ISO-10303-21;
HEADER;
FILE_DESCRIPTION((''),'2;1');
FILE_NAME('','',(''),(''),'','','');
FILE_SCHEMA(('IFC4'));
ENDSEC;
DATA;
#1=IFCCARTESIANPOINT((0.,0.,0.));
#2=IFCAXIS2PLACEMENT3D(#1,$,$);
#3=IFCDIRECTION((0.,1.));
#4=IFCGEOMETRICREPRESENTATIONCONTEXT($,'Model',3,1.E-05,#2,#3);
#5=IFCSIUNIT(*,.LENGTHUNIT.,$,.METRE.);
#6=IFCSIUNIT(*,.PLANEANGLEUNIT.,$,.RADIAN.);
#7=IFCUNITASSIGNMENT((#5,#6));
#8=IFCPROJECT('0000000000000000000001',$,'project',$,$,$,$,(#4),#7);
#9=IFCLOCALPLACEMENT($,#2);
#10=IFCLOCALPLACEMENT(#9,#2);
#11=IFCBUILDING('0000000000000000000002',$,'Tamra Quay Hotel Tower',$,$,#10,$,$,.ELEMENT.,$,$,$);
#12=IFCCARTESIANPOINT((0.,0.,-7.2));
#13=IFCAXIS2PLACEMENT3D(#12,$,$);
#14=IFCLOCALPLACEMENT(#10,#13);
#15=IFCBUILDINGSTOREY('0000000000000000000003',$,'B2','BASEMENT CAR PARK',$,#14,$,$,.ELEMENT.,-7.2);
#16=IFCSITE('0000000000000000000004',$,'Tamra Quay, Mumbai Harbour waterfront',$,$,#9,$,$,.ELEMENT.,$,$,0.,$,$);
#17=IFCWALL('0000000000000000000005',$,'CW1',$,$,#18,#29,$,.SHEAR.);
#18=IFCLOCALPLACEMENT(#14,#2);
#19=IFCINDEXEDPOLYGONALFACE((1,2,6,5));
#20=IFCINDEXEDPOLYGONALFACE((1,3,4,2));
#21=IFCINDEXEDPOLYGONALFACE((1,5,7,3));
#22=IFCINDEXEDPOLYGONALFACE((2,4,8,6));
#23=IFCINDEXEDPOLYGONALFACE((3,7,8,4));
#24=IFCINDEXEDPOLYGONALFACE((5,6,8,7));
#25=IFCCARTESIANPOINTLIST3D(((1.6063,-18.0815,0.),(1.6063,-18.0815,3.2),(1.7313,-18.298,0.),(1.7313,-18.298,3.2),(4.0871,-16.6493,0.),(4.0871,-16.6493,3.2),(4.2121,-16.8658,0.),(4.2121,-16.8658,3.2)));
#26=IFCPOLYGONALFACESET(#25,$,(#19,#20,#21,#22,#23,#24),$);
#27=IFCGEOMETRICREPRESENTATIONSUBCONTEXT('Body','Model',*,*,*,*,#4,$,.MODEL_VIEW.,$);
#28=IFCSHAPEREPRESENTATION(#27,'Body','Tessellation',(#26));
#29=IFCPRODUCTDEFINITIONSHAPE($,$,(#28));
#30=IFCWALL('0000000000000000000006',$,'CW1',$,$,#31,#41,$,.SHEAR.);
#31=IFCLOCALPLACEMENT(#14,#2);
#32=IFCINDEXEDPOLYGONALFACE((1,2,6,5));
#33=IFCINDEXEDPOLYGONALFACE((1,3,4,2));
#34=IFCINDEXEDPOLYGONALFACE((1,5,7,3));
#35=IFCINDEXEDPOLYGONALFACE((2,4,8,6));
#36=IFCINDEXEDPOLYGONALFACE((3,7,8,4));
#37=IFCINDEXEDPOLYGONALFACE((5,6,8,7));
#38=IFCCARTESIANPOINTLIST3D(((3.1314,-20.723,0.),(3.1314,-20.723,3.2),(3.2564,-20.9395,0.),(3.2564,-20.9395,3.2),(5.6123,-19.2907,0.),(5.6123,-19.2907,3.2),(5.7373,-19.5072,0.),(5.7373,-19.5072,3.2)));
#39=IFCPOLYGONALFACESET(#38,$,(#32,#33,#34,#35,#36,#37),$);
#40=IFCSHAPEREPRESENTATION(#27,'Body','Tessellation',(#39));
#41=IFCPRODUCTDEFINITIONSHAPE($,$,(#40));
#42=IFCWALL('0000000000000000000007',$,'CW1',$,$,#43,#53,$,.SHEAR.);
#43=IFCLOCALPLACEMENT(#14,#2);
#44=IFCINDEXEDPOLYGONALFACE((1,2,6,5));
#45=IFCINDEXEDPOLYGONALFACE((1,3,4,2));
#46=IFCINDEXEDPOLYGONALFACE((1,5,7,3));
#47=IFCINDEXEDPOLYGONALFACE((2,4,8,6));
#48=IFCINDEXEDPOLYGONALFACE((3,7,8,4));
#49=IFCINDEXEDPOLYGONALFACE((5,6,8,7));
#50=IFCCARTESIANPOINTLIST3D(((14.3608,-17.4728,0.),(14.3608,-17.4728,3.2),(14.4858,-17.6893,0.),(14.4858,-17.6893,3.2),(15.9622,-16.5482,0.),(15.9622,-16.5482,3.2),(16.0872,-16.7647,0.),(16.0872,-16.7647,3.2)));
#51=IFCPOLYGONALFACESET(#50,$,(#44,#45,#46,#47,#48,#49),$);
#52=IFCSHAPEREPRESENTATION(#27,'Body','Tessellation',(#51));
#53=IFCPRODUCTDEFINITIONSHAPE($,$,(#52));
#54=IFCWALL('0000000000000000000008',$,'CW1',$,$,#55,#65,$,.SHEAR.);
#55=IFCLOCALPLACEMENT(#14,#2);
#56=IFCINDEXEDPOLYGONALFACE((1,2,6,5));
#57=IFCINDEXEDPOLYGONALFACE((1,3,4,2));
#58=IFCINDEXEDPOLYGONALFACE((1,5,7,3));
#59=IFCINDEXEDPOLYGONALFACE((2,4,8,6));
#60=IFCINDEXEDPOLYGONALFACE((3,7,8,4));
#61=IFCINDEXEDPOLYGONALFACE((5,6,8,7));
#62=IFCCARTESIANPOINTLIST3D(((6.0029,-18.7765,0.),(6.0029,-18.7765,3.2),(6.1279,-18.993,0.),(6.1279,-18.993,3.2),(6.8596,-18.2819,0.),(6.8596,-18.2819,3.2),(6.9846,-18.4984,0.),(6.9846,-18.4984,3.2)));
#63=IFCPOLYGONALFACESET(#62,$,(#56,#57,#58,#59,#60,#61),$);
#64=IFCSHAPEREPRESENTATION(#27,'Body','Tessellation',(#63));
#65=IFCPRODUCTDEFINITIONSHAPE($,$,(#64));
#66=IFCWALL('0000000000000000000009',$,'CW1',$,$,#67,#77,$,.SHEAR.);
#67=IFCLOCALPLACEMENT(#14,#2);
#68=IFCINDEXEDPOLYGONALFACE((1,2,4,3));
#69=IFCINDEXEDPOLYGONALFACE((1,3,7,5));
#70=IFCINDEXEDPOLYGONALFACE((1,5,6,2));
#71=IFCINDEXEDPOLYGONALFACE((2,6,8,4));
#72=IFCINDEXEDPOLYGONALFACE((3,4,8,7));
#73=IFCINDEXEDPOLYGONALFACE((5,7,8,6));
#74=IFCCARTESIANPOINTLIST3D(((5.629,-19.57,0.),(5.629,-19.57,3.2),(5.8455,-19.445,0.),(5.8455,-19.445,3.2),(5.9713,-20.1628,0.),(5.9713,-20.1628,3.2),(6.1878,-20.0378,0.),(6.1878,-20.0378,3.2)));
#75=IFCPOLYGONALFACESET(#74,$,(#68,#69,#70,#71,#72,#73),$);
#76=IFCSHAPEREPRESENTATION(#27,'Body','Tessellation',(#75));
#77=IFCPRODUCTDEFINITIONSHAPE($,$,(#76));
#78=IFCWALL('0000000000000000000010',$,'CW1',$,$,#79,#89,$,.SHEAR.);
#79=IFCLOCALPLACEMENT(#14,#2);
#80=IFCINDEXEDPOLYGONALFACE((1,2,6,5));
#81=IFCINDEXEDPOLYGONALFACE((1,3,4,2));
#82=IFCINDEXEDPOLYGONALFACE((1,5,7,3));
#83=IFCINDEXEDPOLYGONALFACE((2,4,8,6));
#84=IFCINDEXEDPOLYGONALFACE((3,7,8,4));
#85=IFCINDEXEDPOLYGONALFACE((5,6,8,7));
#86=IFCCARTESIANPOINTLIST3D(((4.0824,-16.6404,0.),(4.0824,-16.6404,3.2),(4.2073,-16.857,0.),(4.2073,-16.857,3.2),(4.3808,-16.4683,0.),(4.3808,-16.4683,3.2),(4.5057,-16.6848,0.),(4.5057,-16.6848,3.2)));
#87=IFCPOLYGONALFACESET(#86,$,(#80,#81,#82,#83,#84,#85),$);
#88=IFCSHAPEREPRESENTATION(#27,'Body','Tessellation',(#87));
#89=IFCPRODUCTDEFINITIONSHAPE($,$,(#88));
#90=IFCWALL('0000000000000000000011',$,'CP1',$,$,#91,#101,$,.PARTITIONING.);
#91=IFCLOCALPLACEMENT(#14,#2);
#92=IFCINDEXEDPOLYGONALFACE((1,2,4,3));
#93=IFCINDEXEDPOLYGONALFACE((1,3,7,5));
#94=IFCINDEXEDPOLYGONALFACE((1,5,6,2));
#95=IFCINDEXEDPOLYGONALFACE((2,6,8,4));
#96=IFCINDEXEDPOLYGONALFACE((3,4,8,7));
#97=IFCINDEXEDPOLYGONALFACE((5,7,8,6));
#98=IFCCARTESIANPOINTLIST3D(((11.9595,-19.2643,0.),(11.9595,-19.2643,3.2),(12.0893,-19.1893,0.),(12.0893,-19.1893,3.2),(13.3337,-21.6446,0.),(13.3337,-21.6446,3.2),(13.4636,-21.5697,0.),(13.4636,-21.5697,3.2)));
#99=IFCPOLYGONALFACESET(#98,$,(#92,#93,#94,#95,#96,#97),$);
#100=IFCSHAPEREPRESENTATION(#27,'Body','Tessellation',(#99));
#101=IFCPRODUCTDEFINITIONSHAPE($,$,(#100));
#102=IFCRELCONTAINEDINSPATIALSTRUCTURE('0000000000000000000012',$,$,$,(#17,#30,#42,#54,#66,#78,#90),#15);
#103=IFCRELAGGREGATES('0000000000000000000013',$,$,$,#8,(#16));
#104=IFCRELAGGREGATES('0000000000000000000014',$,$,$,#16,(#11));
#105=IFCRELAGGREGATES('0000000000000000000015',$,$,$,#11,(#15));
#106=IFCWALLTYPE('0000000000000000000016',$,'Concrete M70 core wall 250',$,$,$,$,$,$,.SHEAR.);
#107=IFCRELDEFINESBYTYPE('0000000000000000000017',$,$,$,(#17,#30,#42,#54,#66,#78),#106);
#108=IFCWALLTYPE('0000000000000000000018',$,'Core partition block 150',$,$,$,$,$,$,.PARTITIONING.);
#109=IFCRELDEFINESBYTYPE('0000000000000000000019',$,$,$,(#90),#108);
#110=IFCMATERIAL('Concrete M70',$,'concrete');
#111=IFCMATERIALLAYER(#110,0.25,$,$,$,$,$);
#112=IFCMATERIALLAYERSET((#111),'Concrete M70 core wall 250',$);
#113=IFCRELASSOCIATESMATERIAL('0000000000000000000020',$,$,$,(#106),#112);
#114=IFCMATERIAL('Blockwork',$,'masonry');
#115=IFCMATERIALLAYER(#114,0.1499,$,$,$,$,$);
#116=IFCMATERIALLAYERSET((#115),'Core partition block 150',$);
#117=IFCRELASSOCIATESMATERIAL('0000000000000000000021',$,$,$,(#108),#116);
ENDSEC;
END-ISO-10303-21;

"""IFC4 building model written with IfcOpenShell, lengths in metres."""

from ifc_helpers import new_model, si_unit, direction, frame, frame_2d, origin, place, context, subcontext, project, spatial, rectangle, extrude, material, layer, layer_set, type_object, element, save


model = new_model("IFC4")

# Units and contexts
model_context = context("Model", 3, precision=1e-05, world=origin(), true_north=direction((0.0, 1.0)))
body_context = subcontext(model_context, "Body", "Model", "MODEL_VIEW")
ifc_project = project(units=[si_unit("LENGTHUNIT", "METRE"), si_unit("PLANEANGLEUNIT", "RADIAN")], contexts=[model_context])

# Site, building, storey
site_placement = place(None, origin())
site = spatial("IfcSite", under=ifc_project, at=site_placement, Name="Tamra Quay, Mumbai Harbour waterfront", CompositionType="ELEMENT", RefElevation=0.0)
building_placement = place(site_placement, origin())
building = spatial("IfcBuilding", under=site, at=building_placement, Name="Tamra Quay Hotel Tower", CompositionType="ELEMENT")
storey_placement = place(building_placement, frame((0.0, 0.0, -7.2)))
storey = spatial("IfcBuildingStorey", under=building, at=storey_placement, Name="B2", Description="BASEMENT CAR PARK", CompositionType="ELEMENT", Elevation=-7.2)

# Shared definitions
ifc_material_1 = material(Name="Concrete M70", Category="concrete")

# Walls
ifc_layer_1 = layer(ifc_material_1, 0.25)
ifc_layer_set_1 = layer_set([ifc_layer_1], Name="Concrete M70 core wall 250")
wall_type_1 = type_object("IfcWallType", Name="Concrete M70 core wall 250", PredefinedType="SHEAR", material=ifc_layer_set_1)
wall_1_placement = place(storey_placement, frame((1.6689, -18.1897, 0.0), z_axis=(0.0, 0.0, 1.0), x_axis=(0.866042, 0.499971, 0.0)))
element("IfcWall", 1, at=wall_1_placement, inside=storey, type_object=wall_type_1, Name="CW1", PredefinedType="SHEAR", context=body_context, shape_type="SweptSolid", body=[
    extrude(rectangle(XDim=2.8645, YDim=0.25, at=frame_2d((1.4321, 0.0))), origin(), (0.0, 0.0, 1.0), 3.2),
])
wall_2_placement = place(storey_placement, frame((5.6748, -19.3989, 0.0), z_axis=(0.0, 0.0, 1.0), x_axis=(-0.866027, -0.499998, 0.0)))
element("IfcWall", 2, at=wall_2_placement, inside=storey, type_object=wall_type_1, Name="CW1", PredefinedType="SHEAR", context=body_context, shape_type="SweptSolid", body=[
    extrude(rectangle(XDim=2.8647, YDim=0.25, at=frame_2d((1.4324, 0.0))), origin(), (0.0, 0.0, 1.0), 3.2),
])
wall_3_placement = place(storey_placement, frame((16.0247, -16.6565, 0.0), z_axis=(0.0, 0.0, 1.0), x_axis=(-0.866016, -0.500016, 0.0)))
element("IfcWall", 3, at=wall_3_placement, inside=storey, type_object=wall_type_1, Name="CW1", PredefinedType="SHEAR", context=body_context, shape_type="SweptSolid", body=[
    extrude(rectangle(XDim=1.8491, YDim=0.25, at=frame_2d((0.9246, 0.0))), origin(), (0.0, 0.0, 1.0), 3.2),
])
wall_4_placement = place(storey_placement, frame((6.0654, -18.8848, 0.0), z_axis=(0.0, 0.0, 1.0), x_axis=(0.866017, 0.500014, 0.0)))
element("IfcWall", 4, at=wall_4_placement, inside=storey, type_object=wall_type_1, Name="CW1", PredefinedType="SHEAR", context=body_context, shape_type="SweptSolid", body=[
    extrude(rectangle(XDim=0.9893, YDim=0.25, at=frame_2d((0.4946, 0.0))), origin(), (0.0, 0.0, 1.0), 3.2),
])
wall_5_placement = place(storey_placement, frame((6.0796, -20.1003, 0.0), z_axis=(0.0, 0.0, 1.0), x_axis=(-0.500052, 0.865996, 0.0)))
element("IfcWall", 5, at=wall_5_placement, inside=storey, type_object=wall_type_1, Name="CW1", PredefinedType="SHEAR", context=body_context, shape_type="SweptSolid", body=[
    extrude(rectangle(XDim=0.6846, YDim=0.25, at=frame_2d((0.3423, 0.0))), origin(), (0.0, 0.0, 1.0), 3.2),
])
wall_6_placement = place(storey_placement, frame((4.1448, -16.7488, 0.0), z_axis=(0.0, 0.0, 1.0), x_axis=(0.866186, 0.499722, 0.0)))
element("IfcWall", 6, at=wall_6_placement, inside=storey, type_object=wall_type_1, Name="CW1", PredefinedType="SHEAR", context=body_context, shape_type="SweptSolid", body=[
    extrude(rectangle(XDim=0.3445, YDim=0.25, at=frame_2d((0.1724, 0.0))), origin(), (0.0, 0.0, 1.0), 3.2),
])
ifc_material_2 = material(Name="Blockwork", Category="masonry")
ifc_layer_2 = layer(ifc_material_2, 0.1499)
ifc_layer_set_2 = layer_set([ifc_layer_2], Name="Core partition block 150")
wall_type_2 = type_object("IfcWallType", Name="Core partition block 150", PredefinedType="PARTITIONING", material=ifc_layer_set_2)
wall_7_placement = place(storey_placement, frame((12.0244, -19.2268, 0.0), z_axis=(0.0, 0.0, 1.0), x_axis=(0.499989, -0.866032, 0.0)))
element("IfcWall", 7, at=wall_7_placement, inside=storey, type_object=wall_type_2, Name="CP1", PredefinedType="PARTITIONING", context=body_context, shape_type="SweptSolid", body=[
    extrude(rectangle(XDim=2.7485, YDim=0.1499, at=frame_2d((1.3743, 0.0))), origin(), (0.0, 0.0, 1.0), 3.2),
])

save(model, "model.ifc")
